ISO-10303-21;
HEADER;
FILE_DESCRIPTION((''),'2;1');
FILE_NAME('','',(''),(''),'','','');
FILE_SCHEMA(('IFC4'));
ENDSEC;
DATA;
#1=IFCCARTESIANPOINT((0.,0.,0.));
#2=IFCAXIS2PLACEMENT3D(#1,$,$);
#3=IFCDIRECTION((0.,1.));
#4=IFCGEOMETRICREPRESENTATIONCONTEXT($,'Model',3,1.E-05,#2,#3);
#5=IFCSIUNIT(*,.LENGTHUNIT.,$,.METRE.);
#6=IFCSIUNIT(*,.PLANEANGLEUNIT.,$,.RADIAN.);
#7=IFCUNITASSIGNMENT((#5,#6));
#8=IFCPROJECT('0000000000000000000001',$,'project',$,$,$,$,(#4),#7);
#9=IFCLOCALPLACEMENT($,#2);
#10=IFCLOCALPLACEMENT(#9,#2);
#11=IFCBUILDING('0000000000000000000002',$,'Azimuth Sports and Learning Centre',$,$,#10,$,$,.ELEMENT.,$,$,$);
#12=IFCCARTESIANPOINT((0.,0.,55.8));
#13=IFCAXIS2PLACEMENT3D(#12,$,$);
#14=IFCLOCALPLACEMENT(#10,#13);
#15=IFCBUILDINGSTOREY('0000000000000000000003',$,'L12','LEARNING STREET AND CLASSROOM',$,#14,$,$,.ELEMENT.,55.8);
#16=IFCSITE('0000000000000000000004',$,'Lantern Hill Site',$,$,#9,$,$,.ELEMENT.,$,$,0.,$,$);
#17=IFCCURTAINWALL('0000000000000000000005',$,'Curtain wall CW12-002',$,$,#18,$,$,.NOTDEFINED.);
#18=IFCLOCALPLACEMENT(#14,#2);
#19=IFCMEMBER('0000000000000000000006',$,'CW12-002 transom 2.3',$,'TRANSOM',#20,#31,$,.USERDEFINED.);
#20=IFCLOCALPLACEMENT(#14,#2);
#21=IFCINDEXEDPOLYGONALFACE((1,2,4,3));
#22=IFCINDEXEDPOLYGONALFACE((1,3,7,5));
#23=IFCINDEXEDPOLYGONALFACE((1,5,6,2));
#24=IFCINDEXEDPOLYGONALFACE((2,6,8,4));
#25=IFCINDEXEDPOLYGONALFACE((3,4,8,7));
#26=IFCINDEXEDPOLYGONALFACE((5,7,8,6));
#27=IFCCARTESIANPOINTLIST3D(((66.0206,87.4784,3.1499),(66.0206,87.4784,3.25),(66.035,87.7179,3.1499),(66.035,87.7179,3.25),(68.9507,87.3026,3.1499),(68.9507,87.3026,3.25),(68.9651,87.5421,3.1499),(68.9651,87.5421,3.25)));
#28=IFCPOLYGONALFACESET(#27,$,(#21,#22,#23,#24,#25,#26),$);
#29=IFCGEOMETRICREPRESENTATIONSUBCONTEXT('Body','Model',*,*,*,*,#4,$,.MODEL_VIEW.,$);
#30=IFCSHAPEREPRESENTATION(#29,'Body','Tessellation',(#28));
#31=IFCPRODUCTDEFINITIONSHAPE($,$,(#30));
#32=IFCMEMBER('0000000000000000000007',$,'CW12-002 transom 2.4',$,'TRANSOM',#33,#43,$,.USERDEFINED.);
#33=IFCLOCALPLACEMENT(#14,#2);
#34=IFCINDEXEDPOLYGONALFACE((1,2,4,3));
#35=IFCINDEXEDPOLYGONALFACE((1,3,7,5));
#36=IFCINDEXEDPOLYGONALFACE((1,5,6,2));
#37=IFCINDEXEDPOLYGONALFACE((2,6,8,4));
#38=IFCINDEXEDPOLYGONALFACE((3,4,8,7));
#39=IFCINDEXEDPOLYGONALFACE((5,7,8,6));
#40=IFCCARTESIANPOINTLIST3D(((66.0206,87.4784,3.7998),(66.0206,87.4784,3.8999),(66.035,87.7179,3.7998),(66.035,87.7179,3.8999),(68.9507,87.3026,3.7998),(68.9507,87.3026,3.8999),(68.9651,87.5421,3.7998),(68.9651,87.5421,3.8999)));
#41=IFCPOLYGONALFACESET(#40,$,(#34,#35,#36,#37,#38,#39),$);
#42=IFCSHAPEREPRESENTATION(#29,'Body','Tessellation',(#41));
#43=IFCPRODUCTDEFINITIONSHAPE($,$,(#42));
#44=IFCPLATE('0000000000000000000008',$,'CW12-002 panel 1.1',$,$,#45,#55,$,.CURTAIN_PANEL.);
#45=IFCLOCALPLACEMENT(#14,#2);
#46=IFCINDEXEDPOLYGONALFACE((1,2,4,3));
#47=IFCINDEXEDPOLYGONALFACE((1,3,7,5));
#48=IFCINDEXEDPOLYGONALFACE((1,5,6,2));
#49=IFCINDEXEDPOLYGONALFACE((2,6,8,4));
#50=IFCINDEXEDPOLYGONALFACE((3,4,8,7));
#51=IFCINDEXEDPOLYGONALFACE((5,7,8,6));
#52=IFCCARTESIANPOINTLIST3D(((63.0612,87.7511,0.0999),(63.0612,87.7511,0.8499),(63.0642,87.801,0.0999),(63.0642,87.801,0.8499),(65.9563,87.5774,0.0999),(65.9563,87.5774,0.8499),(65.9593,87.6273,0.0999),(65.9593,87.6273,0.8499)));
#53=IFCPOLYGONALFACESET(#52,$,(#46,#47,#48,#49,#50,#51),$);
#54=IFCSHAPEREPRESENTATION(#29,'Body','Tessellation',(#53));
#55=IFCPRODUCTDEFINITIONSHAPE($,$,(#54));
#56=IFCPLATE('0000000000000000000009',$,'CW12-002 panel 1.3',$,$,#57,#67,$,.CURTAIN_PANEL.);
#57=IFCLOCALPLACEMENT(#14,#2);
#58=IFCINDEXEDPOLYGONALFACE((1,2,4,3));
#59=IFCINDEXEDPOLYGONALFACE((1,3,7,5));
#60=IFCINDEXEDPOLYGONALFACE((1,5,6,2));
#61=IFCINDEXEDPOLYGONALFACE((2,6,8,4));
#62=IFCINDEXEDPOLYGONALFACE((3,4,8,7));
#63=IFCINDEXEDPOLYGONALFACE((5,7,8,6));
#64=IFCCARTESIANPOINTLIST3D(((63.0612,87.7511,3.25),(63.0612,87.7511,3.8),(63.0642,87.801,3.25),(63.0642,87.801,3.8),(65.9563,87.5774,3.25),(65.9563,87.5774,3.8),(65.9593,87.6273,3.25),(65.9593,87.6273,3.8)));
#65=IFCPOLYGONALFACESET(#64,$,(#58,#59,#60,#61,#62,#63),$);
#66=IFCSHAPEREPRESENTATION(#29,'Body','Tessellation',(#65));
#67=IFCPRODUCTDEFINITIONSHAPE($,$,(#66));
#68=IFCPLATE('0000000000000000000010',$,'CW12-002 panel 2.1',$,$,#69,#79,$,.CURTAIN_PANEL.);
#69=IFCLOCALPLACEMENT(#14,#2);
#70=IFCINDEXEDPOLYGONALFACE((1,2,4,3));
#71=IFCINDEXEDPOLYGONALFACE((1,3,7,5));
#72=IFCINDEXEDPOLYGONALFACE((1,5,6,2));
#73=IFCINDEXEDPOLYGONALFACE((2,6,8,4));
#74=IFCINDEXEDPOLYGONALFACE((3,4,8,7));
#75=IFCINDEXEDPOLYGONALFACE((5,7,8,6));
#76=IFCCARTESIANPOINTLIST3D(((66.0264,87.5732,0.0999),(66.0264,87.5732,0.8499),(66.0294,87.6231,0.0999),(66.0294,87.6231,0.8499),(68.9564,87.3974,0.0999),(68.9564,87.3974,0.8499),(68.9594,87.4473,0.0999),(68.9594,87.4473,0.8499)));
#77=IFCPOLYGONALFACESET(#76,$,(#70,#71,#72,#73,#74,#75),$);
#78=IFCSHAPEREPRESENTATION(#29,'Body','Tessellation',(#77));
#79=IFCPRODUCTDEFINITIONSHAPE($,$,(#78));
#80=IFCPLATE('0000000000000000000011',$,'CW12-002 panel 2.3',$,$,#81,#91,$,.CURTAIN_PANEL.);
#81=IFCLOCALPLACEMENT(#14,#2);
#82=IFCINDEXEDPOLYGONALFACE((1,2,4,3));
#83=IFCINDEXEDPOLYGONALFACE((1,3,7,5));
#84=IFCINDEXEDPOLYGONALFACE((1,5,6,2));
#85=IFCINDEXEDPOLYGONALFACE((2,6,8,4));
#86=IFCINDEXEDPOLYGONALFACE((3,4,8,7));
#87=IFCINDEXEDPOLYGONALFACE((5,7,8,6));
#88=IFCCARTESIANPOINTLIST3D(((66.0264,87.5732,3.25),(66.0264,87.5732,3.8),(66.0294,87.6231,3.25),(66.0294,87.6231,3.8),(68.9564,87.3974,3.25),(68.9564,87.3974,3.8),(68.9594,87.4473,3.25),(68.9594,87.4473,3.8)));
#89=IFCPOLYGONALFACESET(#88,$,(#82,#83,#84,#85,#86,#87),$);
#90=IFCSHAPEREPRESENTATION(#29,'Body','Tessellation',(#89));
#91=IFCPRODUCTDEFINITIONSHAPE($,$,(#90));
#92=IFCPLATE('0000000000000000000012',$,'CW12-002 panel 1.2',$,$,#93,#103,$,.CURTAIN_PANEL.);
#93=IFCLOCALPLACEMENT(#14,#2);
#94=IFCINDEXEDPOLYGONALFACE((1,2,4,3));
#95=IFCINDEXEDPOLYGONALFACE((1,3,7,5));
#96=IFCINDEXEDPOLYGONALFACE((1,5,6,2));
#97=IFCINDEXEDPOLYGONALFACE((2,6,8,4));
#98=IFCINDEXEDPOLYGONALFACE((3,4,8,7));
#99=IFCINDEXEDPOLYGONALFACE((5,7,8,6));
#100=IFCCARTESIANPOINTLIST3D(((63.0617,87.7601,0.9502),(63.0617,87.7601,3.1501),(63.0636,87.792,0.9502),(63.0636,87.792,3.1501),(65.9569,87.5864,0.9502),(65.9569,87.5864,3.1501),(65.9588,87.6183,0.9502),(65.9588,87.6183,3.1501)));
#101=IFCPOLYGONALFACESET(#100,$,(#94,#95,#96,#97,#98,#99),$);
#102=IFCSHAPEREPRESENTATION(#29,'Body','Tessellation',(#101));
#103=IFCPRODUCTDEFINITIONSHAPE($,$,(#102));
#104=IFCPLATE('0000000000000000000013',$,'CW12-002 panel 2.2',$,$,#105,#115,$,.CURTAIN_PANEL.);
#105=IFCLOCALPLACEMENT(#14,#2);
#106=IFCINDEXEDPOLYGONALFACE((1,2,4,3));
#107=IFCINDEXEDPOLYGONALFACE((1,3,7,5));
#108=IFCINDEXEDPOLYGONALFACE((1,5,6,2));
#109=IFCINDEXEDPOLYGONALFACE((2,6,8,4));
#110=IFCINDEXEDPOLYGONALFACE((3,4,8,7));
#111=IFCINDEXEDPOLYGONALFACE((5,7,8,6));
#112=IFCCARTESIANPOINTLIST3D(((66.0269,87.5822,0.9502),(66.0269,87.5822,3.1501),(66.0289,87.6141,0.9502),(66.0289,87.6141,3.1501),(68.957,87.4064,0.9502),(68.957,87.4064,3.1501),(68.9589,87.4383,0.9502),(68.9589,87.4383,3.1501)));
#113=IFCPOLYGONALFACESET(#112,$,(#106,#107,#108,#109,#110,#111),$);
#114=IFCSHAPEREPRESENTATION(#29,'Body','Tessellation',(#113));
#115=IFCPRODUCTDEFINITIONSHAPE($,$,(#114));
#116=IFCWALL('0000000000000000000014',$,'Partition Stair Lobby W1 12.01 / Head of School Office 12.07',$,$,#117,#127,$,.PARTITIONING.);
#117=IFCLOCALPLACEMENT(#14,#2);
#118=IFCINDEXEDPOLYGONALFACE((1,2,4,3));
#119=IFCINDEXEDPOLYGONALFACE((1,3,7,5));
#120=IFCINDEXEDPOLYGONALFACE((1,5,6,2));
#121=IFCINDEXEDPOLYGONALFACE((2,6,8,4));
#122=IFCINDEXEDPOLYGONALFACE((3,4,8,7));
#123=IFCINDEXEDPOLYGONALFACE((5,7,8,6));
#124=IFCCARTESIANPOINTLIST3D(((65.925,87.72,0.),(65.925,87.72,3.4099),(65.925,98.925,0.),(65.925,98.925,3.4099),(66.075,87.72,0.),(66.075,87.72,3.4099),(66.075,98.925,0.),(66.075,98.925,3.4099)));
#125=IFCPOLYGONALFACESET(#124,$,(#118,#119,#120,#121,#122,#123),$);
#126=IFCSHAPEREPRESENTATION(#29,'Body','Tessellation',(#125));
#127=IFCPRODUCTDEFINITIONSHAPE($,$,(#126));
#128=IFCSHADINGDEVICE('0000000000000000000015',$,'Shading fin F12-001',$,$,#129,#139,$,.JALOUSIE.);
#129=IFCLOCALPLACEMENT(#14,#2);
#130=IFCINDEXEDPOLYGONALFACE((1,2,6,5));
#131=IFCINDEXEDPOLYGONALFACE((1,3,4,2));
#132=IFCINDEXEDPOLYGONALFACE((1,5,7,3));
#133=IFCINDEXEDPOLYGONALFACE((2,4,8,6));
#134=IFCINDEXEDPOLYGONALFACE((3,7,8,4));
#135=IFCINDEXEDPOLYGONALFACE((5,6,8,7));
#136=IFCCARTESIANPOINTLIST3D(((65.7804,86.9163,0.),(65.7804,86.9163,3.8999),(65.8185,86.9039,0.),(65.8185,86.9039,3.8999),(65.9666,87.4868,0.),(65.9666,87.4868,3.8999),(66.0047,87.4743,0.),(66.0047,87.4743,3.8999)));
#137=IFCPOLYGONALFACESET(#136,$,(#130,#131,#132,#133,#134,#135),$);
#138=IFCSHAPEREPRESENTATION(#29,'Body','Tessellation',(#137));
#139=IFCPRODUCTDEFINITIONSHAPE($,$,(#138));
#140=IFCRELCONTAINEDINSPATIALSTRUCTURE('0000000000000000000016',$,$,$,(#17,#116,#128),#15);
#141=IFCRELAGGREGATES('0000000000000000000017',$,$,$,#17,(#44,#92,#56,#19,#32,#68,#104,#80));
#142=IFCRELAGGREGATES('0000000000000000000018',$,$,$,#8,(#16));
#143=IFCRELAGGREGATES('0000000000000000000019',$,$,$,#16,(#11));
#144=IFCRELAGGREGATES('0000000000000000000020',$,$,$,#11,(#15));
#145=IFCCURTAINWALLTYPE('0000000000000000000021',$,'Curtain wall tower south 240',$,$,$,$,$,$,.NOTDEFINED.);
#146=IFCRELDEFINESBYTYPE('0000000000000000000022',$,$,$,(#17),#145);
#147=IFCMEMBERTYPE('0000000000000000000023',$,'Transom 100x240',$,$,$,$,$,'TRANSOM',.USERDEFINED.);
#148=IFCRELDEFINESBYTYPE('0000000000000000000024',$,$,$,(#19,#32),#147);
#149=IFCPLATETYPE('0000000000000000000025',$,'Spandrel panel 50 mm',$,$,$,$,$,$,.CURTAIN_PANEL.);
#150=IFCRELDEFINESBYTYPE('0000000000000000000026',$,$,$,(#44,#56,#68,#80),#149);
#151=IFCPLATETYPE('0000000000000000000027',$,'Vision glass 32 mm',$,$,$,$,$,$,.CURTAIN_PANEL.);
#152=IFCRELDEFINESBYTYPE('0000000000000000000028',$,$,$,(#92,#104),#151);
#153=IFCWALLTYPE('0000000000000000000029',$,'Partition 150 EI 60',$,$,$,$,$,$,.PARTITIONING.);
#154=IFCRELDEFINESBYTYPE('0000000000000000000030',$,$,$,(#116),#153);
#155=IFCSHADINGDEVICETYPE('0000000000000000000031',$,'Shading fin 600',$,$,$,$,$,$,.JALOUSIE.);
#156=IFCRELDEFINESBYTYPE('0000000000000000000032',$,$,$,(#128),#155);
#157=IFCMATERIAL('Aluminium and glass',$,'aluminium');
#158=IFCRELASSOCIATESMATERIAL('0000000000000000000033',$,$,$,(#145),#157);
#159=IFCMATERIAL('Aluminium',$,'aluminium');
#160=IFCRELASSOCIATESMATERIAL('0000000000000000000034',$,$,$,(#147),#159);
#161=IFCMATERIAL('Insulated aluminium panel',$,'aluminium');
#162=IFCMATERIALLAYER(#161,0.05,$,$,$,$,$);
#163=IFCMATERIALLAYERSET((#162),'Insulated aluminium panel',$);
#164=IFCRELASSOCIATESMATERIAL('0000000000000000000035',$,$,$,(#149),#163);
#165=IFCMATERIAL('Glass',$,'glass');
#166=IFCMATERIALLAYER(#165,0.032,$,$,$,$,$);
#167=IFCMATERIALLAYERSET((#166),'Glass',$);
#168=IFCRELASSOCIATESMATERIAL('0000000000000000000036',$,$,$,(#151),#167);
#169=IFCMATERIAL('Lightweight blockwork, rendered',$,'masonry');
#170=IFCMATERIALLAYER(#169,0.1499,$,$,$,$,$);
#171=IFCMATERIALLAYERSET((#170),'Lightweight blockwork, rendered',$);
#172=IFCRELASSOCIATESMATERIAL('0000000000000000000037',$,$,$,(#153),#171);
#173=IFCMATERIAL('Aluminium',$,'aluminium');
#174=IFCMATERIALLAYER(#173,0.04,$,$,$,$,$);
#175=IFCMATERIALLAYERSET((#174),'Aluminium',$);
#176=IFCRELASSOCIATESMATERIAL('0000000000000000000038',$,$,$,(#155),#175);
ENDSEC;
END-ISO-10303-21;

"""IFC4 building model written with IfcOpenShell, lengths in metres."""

from ifc_helpers import new_model, si_unit, direction, frame, frame_2d, origin, origin_2d, place, context, subcontext, project, spatial, rectangle, extrude, material, layer, layer_set, material_profile, profile_set, type_object, element, aggregate, save


model = new_model("IFC4")

# Units and contexts
model_context = context("Model", 3, precision=1e-05, world=origin(), true_north=direction((0.0, 1.0)))
body_context = subcontext(model_context, "Body", "Model", "MODEL_VIEW")
ifc_project = project(units=[si_unit("LENGTHUNIT", "METRE"), si_unit("PLANEANGLEUNIT", "RADIAN")], contexts=[model_context])

# Site, building, storey
site_placement = place(None, origin())
site = spatial("IfcSite", under=ifc_project, at=site_placement, Name="Lantern Hill Site", CompositionType="ELEMENT", RefElevation=0.0)
building_placement = place(site_placement, origin())
building = spatial("IfcBuilding", under=site, at=building_placement, Name="Azimuth Sports and Learning Centre", CompositionType="ELEMENT")
storey_placement = place(building_placement, frame((0.0, 0.0, 55.8)))
storey = spatial("IfcBuildingStorey", under=building, at=storey_placement, Name="L12", Description="LEARNING STREET AND CLASSROOM", CompositionType="ELEMENT", Elevation=55.8)

# Curtain wall, members, plates
ifc_material_1 = material(Name="Aluminium and glass", Category="aluminium")
curtain_wall_type_1 = type_object("IfcCurtainWallType", Name="Curtain wall tower south 240", PredefinedType="NOTDEFINED", material=ifc_material_1)
curtain_wall_1_placement = place(storey_placement, origin())
curtain_wall_1 = element("IfcCurtainWall", 1, at=curtain_wall_1_placement, inside=storey, type_object=curtain_wall_type_1, Name="Curtain wall CW12-002", PredefinedType="NOTDEFINED")
ifc_material_2 = material(Name="Aluminium", Category="aluminium")
ifc_material_profile_1 = material_profile(ifc_material_2, rectangle(XDim=0.24, YDim=0.1001, at=origin_2d()), Name="Transom 100x240")
ifc_profile_set_1 = profile_set([ifc_material_profile_1], Name="Aluminium")
member_type_1 = type_object("IfcMemberType", Name="Transom 100x240", ElementType="TRANSOM", PredefinedType="USERDEFINED", material=ifc_profile_set_1)
member_1_placement = place(storey_placement, frame((66.0278, 87.5981, 3.2), z_axis=(0.998205, -0.059887, 0.0), x_axis=(0.059887, 0.998205, 0.0)))
member_1 = element("IfcMember", 2, at=member_1_placement, type_object=member_type_1, Name="CW12-002 transom 2.3", ObjectType="TRANSOM", PredefinedType="USERDEFINED", context=body_context, shape_type="SweptSolid", body=[
    extrude(rectangle(XDim=0.24, YDim=0.1001, at=origin_2d()), origin(), (0.0, 0.0, 1.0), 2.9353),
])
member_2_placement = place(storey_placement, frame((66.0278, 87.5981, 3.8499), z_axis=(0.998205, -0.059887, 0.0), x_axis=(0.059887, 0.998205, 0.0)))
member_2 = element("IfcMember", 3, at=member_2_placement, type_object=member_type_1, Name="CW12-002 transom 2.4", ObjectType="TRANSOM", PredefinedType="USERDEFINED", context=body_context, shape_type="SweptSolid", body=[
    extrude(rectangle(XDim=0.24, YDim=0.1001, at=origin_2d()), origin(), (0.0, 0.0, 1.0), 2.9353),
])
ifc_material_3 = material(Name="Insulated aluminium panel", Category="aluminium")
ifc_layer_1 = layer(ifc_material_3, 0.05)
ifc_layer_set_1 = layer_set([ifc_layer_1], Name="Insulated aluminium panel")
plate_type_1 = type_object("IfcPlateType", Name="Spandrel panel 50 mm", PredefinedType="CURTAIN_PANEL", material=ifc_layer_set_1)
plate_1_placement = place(storey_placement, frame((64.5103, 87.6892, 0.0999), z_axis=(0.0, 0.0, 1.0), x_axis=(0.998205, -0.059892, 0.0)))
plate_1 = element("IfcPlate", 4, at=plate_1_placement, type_object=plate_type_1, Name="CW12-002 panel 1.1", PredefinedType="CURTAIN_PANEL", context=body_context, shape_type="SweptSolid", body=[
    extrude(rectangle(XDim=2.9004, YDim=0.05, at=origin_2d()), origin(), (0.0, 0.0, 1.0), 0.75),
])
plate_2_placement = place(storey_placement, frame((64.5103, 87.6892, 3.25), z_axis=(0.0, 0.0, 1.0), x_axis=(0.998205, -0.059892, 0.0)))
plate_2 = element("IfcPlate", 5, at=plate_2_placement, type_object=plate_type_1, Name="CW12-002 panel 1.3", PredefinedType="CURTAIN_PANEL", context=body_context, shape_type="SweptSolid", body=[
    extrude(rectangle(XDim=2.9004, YDim=0.05, at=origin_2d()), origin(), (0.0, 0.0, 1.0), 0.55),
])
plate_3_placement = place(storey_placement, frame((67.4929, 87.5103, 0.0999), z_axis=(0.0, 0.0, 1.0), x_axis=(0.998205, -0.059892, 0.0)))
plate_3 = element("IfcPlate", 6, at=plate_3_placement, type_object=plate_type_1, Name="CW12-002 panel 2.1", PredefinedType="CURTAIN_PANEL", context=body_context, shape_type="SweptSolid", body=[
    extrude(rectangle(XDim=2.9353, YDim=0.05, at=origin_2d()), origin(), (0.0, 0.0, 1.0), 0.75),
])
plate_4_placement = place(storey_placement, frame((67.4929, 87.5103, 3.25), z_axis=(0.0, 0.0, 1.0), x_axis=(0.998205, -0.059892, 0.0)))
plate_4 = element("IfcPlate", 7, at=plate_4_placement, type_object=plate_type_1, Name="CW12-002 panel 2.3", PredefinedType="CURTAIN_PANEL", context=body_context, shape_type="SweptSolid", body=[
    extrude(rectangle(XDim=2.9353, YDim=0.05, at=origin_2d()), origin(), (0.0, 0.0, 1.0), 0.55),
])
ifc_material_4 = material(Name="Glass", Category="glass")
ifc_layer_2 = layer(ifc_material_4, 0.032)
ifc_layer_set_2 = layer_set([ifc_layer_2], Name="Glass")
plate_type_2 = type_object("IfcPlateType", Name="Vision glass 32 mm", PredefinedType="CURTAIN_PANEL", material=ifc_layer_set_2)
plate_5_placement = place(storey_placement, frame((64.5103, 87.6892, 0.9502), z_axis=(0.0, 0.0, 1.0), x_axis=(0.998205, -0.059892, 0.0)))
plate_5 = element("IfcPlate", 8, at=plate_5_placement, type_object=plate_type_2, Name="CW12-002 panel 1.2", PredefinedType="CURTAIN_PANEL", context=body_context, shape_type="SweptSolid", body=[
    extrude(rectangle(XDim=2.9004, YDim=0.032, at=origin_2d()), origin(), (0.0, 0.0, 1.0), 2.2),
])
plate_6_placement = place(storey_placement, frame((67.4929, 87.5103, 0.9502), z_axis=(0.0, 0.0, 1.0), x_axis=(0.998205, -0.059892, 0.0)))
plate_6 = element("IfcPlate", 9, at=plate_6_placement, type_object=plate_type_2, Name="CW12-002 panel 2.2", PredefinedType="CURTAIN_PANEL", context=body_context, shape_type="SweptSolid", body=[
    extrude(rectangle(XDim=2.9353, YDim=0.032, at=origin_2d()), origin(), (0.0, 0.0, 1.0), 2.2),
])
aggregate(curtain_wall_1, [plate_1, plate_5, plate_2, member_1, member_2, plate_3, plate_6, plate_4])

# Wall
ifc_material_5 = material(Name="Lightweight blockwork, rendered", Category="masonry")
ifc_layer_3 = layer(ifc_material_5, 0.1499)
ifc_layer_set_3 = layer_set([ifc_layer_3], Name="Lightweight blockwork, rendered")
wall_type = type_object("IfcWallType", Name="Partition 150 EI 60", PredefinedType="PARTITIONING", material=ifc_layer_set_3)
wall_placement = place(storey_placement, frame((66.0, 87.72, 0.0), z_axis=(0.0, 0.0, 1.0), x_axis=(0.0, 1.0, 0.0)))
element("IfcWall", 10, at=wall_placement, inside=storey, type_object=wall_type, Name="Partition Stair Lobby W1 12.01 / Head of School Office 12.07", PredefinedType="PARTITIONING", context=body_context, shape_type="SweptSolid", body=[
    extrude(rectangle(XDim=11.2051, YDim=0.1499, at=frame_2d((5.6025, 0.0))), origin(), (0.0, 0.0, 1.0), 3.4099),
])

# Shading device
ifc_material_6 = material(Name="Aluminium", Category="aluminium")
ifc_layer_4 = layer(ifc_material_6, 0.04)
ifc_layer_set_4 = layer_set([ifc_layer_4], Name="Aluminium")
shading_device_type = type_object("IfcShadingDeviceType", Name="Shading fin 600", PredefinedType="JALOUSIE", material=ifc_layer_set_4)
shading_device_placement = place(storey_placement, frame((65.8926, 87.1953, 0.0), z_axis=(0.0, 0.0, 1.0), x_axis=(-0.31028, -0.950645, 0.0)))
element("IfcShadingDevice", 11, at=shading_device_placement, inside=storey, type_object=shading_device_type, Name="Shading fin F12-001", PredefinedType="JALOUSIE", context=body_context, shape_type="SweptSolid", body=[
    extrude(rectangle(XDim=0.6001, YDim=0.04, at=origin_2d()), origin(), (0.0, 0.0, 1.0), 3.8999),
])

save(model, "model.ifc")
